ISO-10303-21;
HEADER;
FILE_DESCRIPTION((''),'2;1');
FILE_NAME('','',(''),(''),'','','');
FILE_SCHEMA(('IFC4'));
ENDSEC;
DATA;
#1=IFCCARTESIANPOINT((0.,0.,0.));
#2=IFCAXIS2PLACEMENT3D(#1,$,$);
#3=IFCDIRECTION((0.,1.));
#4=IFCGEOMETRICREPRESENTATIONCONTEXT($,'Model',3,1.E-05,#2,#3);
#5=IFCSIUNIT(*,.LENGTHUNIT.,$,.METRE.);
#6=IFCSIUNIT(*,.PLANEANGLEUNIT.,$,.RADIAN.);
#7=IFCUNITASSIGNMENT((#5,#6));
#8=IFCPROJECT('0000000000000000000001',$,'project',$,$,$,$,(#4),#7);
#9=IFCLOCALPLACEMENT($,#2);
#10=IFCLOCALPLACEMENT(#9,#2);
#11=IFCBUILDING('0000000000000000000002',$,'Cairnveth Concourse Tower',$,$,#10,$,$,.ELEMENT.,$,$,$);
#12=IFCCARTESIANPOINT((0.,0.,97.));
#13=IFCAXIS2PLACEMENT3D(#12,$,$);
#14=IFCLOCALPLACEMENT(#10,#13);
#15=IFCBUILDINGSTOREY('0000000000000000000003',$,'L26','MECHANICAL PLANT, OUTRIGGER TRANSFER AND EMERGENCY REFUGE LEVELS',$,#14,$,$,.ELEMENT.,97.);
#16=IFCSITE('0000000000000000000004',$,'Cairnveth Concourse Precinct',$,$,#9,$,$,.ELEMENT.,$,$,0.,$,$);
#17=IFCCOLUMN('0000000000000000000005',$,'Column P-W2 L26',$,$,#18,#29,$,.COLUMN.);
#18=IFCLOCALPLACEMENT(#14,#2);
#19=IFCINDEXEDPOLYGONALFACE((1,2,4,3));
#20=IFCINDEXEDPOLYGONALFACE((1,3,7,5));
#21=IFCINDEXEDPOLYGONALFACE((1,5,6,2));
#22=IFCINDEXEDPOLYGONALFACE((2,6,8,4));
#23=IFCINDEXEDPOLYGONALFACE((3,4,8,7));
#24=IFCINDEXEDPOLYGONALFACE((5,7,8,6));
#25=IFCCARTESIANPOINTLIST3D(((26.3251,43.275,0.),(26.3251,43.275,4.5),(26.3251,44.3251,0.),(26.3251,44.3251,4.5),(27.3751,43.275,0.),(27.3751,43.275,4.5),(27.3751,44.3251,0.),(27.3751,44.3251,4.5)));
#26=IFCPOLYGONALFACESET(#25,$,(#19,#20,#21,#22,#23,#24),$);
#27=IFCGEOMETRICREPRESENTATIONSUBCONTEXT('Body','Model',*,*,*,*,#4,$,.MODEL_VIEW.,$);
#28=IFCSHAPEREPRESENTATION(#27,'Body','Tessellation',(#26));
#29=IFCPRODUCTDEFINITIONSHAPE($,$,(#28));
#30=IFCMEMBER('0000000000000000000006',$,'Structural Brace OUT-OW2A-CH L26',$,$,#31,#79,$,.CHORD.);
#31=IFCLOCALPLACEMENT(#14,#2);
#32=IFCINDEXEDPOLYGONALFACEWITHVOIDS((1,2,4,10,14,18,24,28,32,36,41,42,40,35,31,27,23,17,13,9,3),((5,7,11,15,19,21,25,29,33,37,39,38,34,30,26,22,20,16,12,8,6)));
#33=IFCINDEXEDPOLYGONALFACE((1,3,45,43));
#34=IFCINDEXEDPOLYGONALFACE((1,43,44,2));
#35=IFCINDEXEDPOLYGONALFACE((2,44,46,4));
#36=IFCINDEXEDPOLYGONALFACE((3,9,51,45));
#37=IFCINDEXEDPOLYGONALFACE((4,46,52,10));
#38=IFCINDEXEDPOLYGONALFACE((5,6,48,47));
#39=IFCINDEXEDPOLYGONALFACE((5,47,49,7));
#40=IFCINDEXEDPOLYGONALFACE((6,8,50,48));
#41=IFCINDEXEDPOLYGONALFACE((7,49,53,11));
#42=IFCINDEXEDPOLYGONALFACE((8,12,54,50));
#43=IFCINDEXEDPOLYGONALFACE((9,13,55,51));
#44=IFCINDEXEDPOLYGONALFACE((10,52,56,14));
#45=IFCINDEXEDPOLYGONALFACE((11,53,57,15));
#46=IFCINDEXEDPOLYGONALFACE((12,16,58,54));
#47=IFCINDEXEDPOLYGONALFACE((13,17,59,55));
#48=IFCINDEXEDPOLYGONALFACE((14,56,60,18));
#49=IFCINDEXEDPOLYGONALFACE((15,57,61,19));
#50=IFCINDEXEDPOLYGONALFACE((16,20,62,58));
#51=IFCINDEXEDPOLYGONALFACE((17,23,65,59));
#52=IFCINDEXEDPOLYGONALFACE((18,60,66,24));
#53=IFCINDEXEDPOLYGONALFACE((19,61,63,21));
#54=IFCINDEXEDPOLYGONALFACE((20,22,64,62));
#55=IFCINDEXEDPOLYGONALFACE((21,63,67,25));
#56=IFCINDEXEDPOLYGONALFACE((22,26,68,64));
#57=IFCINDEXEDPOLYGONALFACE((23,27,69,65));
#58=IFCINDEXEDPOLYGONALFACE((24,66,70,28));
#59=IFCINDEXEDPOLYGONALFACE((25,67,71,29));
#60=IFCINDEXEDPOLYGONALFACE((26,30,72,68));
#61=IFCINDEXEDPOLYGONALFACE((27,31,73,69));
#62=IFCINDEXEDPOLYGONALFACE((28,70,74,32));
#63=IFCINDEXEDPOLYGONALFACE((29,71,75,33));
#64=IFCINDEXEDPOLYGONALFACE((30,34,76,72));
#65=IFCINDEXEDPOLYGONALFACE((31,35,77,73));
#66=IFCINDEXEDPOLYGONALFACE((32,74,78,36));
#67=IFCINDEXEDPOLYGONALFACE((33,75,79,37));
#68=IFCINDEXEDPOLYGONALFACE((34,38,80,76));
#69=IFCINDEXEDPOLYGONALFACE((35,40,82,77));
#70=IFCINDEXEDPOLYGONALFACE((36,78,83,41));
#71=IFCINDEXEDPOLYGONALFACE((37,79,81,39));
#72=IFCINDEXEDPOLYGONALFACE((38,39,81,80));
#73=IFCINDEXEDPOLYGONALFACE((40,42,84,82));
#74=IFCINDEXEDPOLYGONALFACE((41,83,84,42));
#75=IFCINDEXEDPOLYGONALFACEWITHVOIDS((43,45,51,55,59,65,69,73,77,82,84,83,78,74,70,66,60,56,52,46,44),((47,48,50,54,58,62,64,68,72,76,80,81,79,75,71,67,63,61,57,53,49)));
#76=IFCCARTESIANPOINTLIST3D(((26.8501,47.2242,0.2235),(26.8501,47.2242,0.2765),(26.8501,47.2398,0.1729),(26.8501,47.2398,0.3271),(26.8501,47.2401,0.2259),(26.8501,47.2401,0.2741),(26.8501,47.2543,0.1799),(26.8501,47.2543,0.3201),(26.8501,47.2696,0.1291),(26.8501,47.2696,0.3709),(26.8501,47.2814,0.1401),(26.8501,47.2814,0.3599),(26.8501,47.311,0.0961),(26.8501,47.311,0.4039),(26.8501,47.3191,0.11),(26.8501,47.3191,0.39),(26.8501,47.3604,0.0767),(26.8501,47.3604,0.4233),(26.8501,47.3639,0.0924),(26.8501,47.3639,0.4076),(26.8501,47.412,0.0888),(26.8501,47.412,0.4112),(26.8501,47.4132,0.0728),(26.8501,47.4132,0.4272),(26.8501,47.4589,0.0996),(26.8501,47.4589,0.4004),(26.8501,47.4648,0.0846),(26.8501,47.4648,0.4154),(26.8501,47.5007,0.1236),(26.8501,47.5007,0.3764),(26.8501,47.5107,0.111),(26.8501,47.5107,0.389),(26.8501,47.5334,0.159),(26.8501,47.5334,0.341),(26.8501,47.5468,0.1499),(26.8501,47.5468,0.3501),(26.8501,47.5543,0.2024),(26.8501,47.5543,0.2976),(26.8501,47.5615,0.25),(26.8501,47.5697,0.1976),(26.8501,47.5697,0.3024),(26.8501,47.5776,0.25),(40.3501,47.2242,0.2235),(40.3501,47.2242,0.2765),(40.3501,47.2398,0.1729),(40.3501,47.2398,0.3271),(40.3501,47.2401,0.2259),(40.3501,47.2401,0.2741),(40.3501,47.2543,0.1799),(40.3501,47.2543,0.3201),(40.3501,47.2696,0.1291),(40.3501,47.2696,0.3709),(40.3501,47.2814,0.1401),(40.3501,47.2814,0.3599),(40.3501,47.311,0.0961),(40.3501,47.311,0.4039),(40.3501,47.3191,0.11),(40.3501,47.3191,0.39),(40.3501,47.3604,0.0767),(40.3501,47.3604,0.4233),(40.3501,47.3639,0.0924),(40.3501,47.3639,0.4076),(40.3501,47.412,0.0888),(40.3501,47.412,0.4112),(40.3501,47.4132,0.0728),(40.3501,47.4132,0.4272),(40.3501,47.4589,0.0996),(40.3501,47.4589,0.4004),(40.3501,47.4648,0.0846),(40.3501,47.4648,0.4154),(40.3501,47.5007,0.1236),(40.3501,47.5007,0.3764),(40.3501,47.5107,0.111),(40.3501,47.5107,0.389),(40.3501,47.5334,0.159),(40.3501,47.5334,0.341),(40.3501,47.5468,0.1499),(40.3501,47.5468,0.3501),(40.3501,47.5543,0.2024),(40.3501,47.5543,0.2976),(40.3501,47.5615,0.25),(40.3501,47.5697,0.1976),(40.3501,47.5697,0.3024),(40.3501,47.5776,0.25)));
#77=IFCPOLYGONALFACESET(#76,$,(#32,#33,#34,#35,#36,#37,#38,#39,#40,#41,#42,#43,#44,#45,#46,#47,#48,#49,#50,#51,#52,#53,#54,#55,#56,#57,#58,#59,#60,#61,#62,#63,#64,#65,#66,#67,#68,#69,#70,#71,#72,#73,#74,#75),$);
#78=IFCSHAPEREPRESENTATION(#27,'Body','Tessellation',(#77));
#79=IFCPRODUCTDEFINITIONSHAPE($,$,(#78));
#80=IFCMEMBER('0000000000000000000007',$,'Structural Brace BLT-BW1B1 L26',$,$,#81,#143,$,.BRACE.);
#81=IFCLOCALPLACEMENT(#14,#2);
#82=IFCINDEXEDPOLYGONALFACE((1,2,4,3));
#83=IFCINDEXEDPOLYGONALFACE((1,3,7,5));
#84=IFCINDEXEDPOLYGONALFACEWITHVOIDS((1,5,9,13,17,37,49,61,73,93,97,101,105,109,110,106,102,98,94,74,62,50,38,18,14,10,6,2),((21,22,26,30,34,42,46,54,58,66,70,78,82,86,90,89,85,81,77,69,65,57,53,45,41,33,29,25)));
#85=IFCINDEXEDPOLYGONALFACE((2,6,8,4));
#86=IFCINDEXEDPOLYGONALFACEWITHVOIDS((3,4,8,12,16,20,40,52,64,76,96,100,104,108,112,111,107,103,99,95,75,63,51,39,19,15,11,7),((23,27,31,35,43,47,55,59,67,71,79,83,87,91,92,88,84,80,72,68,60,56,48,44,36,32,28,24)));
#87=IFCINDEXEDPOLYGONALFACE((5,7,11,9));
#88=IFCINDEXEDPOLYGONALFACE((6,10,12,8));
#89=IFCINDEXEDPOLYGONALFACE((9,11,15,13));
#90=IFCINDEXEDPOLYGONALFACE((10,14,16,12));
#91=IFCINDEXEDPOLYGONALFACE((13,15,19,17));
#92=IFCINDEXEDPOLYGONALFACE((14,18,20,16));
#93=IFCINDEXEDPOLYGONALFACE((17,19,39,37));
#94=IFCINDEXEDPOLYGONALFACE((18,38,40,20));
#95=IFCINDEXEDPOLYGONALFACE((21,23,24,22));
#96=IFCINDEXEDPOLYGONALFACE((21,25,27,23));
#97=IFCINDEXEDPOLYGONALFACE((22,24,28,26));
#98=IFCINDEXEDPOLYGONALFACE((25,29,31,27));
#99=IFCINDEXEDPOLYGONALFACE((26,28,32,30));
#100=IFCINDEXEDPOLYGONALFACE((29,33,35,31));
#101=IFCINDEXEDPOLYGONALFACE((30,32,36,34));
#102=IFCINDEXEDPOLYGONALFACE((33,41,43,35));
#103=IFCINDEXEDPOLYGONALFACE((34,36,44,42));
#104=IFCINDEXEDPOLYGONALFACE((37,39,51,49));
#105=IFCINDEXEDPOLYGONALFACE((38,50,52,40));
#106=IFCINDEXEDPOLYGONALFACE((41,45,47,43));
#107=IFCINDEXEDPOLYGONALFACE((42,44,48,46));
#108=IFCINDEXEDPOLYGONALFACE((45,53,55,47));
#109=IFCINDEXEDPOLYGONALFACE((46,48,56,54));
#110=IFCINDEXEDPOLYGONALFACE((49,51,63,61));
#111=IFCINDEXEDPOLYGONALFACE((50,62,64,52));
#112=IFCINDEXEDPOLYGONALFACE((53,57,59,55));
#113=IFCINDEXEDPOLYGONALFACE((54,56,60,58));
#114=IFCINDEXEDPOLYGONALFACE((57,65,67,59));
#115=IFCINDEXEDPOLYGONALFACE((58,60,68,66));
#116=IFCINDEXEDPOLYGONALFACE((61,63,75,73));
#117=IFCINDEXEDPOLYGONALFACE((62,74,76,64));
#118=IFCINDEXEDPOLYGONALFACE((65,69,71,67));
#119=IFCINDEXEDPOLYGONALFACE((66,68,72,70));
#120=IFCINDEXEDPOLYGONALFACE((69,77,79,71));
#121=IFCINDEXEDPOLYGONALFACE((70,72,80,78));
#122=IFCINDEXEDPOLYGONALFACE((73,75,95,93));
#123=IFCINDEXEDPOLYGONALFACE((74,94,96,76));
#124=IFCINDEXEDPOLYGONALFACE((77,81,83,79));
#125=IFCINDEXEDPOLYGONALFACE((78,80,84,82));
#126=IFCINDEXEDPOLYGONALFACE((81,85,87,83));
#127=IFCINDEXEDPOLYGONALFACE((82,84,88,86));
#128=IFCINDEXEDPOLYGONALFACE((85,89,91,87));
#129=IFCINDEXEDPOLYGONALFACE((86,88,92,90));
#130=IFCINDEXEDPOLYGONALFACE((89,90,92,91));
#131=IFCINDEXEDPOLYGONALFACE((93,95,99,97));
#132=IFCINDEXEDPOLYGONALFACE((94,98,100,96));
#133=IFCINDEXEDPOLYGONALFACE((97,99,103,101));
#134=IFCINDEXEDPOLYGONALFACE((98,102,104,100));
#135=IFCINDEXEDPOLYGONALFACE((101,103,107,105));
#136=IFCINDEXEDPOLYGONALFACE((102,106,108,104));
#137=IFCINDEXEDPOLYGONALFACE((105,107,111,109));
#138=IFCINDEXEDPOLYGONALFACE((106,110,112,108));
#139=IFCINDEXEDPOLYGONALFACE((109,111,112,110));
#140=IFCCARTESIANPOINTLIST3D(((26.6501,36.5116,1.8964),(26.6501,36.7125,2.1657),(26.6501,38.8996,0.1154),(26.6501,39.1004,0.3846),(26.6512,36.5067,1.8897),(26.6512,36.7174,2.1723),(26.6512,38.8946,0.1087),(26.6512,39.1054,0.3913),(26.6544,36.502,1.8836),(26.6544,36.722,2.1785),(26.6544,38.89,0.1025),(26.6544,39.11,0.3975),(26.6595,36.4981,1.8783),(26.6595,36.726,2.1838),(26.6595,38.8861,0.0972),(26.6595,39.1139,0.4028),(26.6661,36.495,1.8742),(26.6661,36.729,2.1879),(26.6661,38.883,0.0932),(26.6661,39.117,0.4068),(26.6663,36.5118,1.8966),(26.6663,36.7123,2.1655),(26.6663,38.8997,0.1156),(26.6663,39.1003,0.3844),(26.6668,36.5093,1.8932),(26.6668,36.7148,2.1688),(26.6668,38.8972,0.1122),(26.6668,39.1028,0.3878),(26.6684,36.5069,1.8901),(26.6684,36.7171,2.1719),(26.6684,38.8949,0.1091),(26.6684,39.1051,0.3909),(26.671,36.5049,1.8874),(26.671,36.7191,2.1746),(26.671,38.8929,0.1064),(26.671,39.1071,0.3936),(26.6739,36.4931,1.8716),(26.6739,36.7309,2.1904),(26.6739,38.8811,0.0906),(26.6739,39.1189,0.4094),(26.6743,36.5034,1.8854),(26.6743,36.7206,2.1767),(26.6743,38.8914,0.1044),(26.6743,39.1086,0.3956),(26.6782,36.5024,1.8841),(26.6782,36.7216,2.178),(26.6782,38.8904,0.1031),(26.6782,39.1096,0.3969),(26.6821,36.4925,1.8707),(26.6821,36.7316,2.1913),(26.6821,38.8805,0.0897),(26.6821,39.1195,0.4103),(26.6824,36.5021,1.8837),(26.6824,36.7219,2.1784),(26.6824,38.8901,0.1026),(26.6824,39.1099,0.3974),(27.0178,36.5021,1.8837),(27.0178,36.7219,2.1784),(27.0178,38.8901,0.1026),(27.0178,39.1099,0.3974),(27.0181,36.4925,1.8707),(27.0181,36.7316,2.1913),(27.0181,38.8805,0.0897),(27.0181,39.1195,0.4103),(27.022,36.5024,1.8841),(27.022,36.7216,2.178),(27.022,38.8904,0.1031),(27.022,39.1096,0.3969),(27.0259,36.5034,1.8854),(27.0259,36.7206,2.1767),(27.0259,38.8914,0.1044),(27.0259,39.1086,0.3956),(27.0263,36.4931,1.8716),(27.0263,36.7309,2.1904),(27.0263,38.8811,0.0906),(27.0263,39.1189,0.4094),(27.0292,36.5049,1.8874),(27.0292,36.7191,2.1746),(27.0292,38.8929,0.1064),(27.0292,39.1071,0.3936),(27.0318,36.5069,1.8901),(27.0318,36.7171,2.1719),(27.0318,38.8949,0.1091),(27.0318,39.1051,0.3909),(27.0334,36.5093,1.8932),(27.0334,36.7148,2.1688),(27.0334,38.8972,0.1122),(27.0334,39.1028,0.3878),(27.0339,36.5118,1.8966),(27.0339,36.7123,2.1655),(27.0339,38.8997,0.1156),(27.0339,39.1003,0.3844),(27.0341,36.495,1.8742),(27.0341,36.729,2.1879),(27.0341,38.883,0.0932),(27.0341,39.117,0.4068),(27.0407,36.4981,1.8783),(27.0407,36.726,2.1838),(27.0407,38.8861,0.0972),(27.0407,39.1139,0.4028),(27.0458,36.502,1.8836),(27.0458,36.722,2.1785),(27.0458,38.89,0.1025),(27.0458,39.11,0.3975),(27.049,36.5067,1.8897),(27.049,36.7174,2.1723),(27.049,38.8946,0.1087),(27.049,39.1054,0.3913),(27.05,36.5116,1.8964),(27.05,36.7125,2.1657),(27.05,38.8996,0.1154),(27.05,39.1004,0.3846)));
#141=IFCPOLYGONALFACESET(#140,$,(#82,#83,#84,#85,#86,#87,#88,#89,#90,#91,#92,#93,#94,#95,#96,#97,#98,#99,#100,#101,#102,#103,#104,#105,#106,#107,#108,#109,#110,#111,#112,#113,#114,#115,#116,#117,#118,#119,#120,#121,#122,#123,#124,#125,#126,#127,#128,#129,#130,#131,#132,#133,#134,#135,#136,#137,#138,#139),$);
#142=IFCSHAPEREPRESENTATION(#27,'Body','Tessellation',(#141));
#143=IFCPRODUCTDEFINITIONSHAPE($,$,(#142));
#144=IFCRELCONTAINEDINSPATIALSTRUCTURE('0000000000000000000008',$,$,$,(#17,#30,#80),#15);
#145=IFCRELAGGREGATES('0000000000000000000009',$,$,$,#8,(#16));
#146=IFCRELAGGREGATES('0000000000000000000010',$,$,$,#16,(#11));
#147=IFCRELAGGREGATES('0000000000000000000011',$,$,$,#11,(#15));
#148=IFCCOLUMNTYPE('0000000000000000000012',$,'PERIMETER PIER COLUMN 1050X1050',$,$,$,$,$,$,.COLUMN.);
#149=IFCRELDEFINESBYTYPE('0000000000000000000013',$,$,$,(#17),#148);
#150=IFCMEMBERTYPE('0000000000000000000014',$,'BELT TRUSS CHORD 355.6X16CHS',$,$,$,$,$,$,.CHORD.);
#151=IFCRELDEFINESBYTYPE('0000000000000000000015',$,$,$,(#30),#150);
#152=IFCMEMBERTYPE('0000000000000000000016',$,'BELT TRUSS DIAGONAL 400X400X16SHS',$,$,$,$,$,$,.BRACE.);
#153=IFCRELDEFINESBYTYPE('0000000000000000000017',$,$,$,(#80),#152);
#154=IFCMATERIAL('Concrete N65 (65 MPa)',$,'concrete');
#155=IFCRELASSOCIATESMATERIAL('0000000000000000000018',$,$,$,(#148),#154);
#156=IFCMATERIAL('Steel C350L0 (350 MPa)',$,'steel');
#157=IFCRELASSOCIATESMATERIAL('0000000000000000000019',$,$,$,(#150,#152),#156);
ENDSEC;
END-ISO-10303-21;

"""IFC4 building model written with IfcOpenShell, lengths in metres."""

from ifc_helpers import new_model, si_unit, direction, frame, origin, origin_2d, place, context, subcontext, project, spatial, rectangle, hollow_rectangle, hollow_circle, extrude, material, material_profile, profile_set, type_object, element, save


model = new_model("IFC4")

# Units and contexts
model_context = context("Model", 3, precision=1e-05, world=origin(), true_north=direction((0.0, 1.0)))
body_context = subcontext(model_context, "Body", "Model", "MODEL_VIEW")
ifc_project = project(units=[si_unit("LENGTHUNIT", "METRE"), si_unit("PLANEANGLEUNIT", "RADIAN")], contexts=[model_context])

# Site, building, storey
site_placement = place(None, origin())
site = spatial("IfcSite", under=ifc_project, at=site_placement, Name="Cairnveth Concourse Precinct", CompositionType="ELEMENT", RefElevation=0.0)
building_placement = place(site_placement, origin())
building = spatial("IfcBuilding", under=site, at=building_placement, Name="Cairnveth Concourse Tower", CompositionType="ELEMENT")
storey_placement = place(building_placement, frame((0.0, 0.0, 97.0)))
storey = spatial("IfcBuildingStorey", under=building, at=storey_placement, Name="L26", Description="MECHANICAL PLANT, OUTRIGGER TRANSFER AND EMERGENCY REFUGE LEVELS", CompositionType="ELEMENT", Elevation=97.0)

# Column
ifc_material_1 = material(Name="Concrete N65 (65 MPa)", Category="concrete")
ifc_material_profile_1 = material_profile(ifc_material_1, rectangle(XDim=1.05, YDim=1.05, at=origin_2d()), Name="RC-COL-1050x1050")
ifc_profile_set_1 = profile_set([ifc_material_profile_1], Name="Concrete N65 (65 MPa)")
column_type = type_object("IfcColumnType", Name="PERIMETER PIER COLUMN 1050X1050", PredefinedType="COLUMN", material=ifc_profile_set_1)
column_placement = place(storey_placement, frame((26.8501, 43.8, 0.0), z_axis=(0.0, 0.0, 1.0), x_axis=(0.0, 1.0, 0.0)))
element("IfcColumn", 1, at=column_placement, inside=storey, type_object=column_type, Name="Column P-W2 L26", PredefinedType="COLUMN", context=body_context, shape_type="SweptSolid", body=[
    extrude(rectangle(XDim=1.05, YDim=1.05, at=origin_2d()), origin(), (0.0, 0.0, 1.0), 4.5),
])

# Members
ifc_material_2 = material(Name="Steel C350L0 (350 MPa)", Category="steel")
ifc_material_profile_2 = material_profile(ifc_material_2, hollow_circle(Radius=0.1777, WallThickness=0.0161, at=origin_2d()), Name="355.6x16.0CHS")
ifc_profile_set_2 = profile_set([ifc_material_profile_2], Name="Steel C350L0 (350 MPa)")
member_type_1 = type_object("IfcMemberType", Name="BELT TRUSS CHORD 355.6X16CHS", PredefinedType="CHORD", material=ifc_profile_set_2)
member_1_placement = place(storey_placement, frame((26.8501, 47.3999, 0.25), z_axis=(1.0, 0.0, 0.0), x_axis=(0.0, 1.0, 0.0)))
element("IfcMember", 2, at=member_1_placement, inside=storey, type_object=member_type_1, Name="Structural Brace OUT-OW2A-CH L26", PredefinedType="CHORD", context=body_context, shape_type="SweptSolid", body=[
    extrude(hollow_circle(Radius=0.1777, WallThickness=0.0161, at=origin_2d()), origin(), (0.0, 0.0, 1.0), 13.5),
])
ifc_material_profile_3 = material_profile(ifc_material_2, hollow_rectangle(XDim=0.3999, YDim=0.3999, WallThickness=0.0161, InnerFilletRadius=0.0161, OuterFilletRadius=0.032, at=origin_2d()), Name="400x400x16.0SHS")
ifc_profile_set_3 = profile_set([ifc_material_profile_3], Name="Steel C350L0 (350 MPa)")
member_type_2 = type_object("IfcMemberType", Name="BELT TRUSS DIAGONAL 400X400X16SHS", PredefinedType="BRACE", material=ifc_profile_set_3)
member_2_placement = place(storey_placement, frame((26.8501, 39.0, 0.25), z_axis=(0.0, -0.8016, 0.59786), x_axis=(1.0, 0.0, 0.0)))
element("IfcMember", 3, at=member_2_placement, inside=storey, type_object=member_type_2, Name="Structural Brace BLT-BW1B1 L26", PredefinedType="BRACE", context=body_context, shape_type="SweptSolid", body=[
    extrude(hollow_rectangle(XDim=0.3999, YDim=0.3999, WallThickness=0.0161, InnerFilletRadius=0.0161, OuterFilletRadius=0.032, at=origin_2d()), origin(), (0.0, 0.0, 1.0), 2.979),
])

save(model, "model.ifc")
